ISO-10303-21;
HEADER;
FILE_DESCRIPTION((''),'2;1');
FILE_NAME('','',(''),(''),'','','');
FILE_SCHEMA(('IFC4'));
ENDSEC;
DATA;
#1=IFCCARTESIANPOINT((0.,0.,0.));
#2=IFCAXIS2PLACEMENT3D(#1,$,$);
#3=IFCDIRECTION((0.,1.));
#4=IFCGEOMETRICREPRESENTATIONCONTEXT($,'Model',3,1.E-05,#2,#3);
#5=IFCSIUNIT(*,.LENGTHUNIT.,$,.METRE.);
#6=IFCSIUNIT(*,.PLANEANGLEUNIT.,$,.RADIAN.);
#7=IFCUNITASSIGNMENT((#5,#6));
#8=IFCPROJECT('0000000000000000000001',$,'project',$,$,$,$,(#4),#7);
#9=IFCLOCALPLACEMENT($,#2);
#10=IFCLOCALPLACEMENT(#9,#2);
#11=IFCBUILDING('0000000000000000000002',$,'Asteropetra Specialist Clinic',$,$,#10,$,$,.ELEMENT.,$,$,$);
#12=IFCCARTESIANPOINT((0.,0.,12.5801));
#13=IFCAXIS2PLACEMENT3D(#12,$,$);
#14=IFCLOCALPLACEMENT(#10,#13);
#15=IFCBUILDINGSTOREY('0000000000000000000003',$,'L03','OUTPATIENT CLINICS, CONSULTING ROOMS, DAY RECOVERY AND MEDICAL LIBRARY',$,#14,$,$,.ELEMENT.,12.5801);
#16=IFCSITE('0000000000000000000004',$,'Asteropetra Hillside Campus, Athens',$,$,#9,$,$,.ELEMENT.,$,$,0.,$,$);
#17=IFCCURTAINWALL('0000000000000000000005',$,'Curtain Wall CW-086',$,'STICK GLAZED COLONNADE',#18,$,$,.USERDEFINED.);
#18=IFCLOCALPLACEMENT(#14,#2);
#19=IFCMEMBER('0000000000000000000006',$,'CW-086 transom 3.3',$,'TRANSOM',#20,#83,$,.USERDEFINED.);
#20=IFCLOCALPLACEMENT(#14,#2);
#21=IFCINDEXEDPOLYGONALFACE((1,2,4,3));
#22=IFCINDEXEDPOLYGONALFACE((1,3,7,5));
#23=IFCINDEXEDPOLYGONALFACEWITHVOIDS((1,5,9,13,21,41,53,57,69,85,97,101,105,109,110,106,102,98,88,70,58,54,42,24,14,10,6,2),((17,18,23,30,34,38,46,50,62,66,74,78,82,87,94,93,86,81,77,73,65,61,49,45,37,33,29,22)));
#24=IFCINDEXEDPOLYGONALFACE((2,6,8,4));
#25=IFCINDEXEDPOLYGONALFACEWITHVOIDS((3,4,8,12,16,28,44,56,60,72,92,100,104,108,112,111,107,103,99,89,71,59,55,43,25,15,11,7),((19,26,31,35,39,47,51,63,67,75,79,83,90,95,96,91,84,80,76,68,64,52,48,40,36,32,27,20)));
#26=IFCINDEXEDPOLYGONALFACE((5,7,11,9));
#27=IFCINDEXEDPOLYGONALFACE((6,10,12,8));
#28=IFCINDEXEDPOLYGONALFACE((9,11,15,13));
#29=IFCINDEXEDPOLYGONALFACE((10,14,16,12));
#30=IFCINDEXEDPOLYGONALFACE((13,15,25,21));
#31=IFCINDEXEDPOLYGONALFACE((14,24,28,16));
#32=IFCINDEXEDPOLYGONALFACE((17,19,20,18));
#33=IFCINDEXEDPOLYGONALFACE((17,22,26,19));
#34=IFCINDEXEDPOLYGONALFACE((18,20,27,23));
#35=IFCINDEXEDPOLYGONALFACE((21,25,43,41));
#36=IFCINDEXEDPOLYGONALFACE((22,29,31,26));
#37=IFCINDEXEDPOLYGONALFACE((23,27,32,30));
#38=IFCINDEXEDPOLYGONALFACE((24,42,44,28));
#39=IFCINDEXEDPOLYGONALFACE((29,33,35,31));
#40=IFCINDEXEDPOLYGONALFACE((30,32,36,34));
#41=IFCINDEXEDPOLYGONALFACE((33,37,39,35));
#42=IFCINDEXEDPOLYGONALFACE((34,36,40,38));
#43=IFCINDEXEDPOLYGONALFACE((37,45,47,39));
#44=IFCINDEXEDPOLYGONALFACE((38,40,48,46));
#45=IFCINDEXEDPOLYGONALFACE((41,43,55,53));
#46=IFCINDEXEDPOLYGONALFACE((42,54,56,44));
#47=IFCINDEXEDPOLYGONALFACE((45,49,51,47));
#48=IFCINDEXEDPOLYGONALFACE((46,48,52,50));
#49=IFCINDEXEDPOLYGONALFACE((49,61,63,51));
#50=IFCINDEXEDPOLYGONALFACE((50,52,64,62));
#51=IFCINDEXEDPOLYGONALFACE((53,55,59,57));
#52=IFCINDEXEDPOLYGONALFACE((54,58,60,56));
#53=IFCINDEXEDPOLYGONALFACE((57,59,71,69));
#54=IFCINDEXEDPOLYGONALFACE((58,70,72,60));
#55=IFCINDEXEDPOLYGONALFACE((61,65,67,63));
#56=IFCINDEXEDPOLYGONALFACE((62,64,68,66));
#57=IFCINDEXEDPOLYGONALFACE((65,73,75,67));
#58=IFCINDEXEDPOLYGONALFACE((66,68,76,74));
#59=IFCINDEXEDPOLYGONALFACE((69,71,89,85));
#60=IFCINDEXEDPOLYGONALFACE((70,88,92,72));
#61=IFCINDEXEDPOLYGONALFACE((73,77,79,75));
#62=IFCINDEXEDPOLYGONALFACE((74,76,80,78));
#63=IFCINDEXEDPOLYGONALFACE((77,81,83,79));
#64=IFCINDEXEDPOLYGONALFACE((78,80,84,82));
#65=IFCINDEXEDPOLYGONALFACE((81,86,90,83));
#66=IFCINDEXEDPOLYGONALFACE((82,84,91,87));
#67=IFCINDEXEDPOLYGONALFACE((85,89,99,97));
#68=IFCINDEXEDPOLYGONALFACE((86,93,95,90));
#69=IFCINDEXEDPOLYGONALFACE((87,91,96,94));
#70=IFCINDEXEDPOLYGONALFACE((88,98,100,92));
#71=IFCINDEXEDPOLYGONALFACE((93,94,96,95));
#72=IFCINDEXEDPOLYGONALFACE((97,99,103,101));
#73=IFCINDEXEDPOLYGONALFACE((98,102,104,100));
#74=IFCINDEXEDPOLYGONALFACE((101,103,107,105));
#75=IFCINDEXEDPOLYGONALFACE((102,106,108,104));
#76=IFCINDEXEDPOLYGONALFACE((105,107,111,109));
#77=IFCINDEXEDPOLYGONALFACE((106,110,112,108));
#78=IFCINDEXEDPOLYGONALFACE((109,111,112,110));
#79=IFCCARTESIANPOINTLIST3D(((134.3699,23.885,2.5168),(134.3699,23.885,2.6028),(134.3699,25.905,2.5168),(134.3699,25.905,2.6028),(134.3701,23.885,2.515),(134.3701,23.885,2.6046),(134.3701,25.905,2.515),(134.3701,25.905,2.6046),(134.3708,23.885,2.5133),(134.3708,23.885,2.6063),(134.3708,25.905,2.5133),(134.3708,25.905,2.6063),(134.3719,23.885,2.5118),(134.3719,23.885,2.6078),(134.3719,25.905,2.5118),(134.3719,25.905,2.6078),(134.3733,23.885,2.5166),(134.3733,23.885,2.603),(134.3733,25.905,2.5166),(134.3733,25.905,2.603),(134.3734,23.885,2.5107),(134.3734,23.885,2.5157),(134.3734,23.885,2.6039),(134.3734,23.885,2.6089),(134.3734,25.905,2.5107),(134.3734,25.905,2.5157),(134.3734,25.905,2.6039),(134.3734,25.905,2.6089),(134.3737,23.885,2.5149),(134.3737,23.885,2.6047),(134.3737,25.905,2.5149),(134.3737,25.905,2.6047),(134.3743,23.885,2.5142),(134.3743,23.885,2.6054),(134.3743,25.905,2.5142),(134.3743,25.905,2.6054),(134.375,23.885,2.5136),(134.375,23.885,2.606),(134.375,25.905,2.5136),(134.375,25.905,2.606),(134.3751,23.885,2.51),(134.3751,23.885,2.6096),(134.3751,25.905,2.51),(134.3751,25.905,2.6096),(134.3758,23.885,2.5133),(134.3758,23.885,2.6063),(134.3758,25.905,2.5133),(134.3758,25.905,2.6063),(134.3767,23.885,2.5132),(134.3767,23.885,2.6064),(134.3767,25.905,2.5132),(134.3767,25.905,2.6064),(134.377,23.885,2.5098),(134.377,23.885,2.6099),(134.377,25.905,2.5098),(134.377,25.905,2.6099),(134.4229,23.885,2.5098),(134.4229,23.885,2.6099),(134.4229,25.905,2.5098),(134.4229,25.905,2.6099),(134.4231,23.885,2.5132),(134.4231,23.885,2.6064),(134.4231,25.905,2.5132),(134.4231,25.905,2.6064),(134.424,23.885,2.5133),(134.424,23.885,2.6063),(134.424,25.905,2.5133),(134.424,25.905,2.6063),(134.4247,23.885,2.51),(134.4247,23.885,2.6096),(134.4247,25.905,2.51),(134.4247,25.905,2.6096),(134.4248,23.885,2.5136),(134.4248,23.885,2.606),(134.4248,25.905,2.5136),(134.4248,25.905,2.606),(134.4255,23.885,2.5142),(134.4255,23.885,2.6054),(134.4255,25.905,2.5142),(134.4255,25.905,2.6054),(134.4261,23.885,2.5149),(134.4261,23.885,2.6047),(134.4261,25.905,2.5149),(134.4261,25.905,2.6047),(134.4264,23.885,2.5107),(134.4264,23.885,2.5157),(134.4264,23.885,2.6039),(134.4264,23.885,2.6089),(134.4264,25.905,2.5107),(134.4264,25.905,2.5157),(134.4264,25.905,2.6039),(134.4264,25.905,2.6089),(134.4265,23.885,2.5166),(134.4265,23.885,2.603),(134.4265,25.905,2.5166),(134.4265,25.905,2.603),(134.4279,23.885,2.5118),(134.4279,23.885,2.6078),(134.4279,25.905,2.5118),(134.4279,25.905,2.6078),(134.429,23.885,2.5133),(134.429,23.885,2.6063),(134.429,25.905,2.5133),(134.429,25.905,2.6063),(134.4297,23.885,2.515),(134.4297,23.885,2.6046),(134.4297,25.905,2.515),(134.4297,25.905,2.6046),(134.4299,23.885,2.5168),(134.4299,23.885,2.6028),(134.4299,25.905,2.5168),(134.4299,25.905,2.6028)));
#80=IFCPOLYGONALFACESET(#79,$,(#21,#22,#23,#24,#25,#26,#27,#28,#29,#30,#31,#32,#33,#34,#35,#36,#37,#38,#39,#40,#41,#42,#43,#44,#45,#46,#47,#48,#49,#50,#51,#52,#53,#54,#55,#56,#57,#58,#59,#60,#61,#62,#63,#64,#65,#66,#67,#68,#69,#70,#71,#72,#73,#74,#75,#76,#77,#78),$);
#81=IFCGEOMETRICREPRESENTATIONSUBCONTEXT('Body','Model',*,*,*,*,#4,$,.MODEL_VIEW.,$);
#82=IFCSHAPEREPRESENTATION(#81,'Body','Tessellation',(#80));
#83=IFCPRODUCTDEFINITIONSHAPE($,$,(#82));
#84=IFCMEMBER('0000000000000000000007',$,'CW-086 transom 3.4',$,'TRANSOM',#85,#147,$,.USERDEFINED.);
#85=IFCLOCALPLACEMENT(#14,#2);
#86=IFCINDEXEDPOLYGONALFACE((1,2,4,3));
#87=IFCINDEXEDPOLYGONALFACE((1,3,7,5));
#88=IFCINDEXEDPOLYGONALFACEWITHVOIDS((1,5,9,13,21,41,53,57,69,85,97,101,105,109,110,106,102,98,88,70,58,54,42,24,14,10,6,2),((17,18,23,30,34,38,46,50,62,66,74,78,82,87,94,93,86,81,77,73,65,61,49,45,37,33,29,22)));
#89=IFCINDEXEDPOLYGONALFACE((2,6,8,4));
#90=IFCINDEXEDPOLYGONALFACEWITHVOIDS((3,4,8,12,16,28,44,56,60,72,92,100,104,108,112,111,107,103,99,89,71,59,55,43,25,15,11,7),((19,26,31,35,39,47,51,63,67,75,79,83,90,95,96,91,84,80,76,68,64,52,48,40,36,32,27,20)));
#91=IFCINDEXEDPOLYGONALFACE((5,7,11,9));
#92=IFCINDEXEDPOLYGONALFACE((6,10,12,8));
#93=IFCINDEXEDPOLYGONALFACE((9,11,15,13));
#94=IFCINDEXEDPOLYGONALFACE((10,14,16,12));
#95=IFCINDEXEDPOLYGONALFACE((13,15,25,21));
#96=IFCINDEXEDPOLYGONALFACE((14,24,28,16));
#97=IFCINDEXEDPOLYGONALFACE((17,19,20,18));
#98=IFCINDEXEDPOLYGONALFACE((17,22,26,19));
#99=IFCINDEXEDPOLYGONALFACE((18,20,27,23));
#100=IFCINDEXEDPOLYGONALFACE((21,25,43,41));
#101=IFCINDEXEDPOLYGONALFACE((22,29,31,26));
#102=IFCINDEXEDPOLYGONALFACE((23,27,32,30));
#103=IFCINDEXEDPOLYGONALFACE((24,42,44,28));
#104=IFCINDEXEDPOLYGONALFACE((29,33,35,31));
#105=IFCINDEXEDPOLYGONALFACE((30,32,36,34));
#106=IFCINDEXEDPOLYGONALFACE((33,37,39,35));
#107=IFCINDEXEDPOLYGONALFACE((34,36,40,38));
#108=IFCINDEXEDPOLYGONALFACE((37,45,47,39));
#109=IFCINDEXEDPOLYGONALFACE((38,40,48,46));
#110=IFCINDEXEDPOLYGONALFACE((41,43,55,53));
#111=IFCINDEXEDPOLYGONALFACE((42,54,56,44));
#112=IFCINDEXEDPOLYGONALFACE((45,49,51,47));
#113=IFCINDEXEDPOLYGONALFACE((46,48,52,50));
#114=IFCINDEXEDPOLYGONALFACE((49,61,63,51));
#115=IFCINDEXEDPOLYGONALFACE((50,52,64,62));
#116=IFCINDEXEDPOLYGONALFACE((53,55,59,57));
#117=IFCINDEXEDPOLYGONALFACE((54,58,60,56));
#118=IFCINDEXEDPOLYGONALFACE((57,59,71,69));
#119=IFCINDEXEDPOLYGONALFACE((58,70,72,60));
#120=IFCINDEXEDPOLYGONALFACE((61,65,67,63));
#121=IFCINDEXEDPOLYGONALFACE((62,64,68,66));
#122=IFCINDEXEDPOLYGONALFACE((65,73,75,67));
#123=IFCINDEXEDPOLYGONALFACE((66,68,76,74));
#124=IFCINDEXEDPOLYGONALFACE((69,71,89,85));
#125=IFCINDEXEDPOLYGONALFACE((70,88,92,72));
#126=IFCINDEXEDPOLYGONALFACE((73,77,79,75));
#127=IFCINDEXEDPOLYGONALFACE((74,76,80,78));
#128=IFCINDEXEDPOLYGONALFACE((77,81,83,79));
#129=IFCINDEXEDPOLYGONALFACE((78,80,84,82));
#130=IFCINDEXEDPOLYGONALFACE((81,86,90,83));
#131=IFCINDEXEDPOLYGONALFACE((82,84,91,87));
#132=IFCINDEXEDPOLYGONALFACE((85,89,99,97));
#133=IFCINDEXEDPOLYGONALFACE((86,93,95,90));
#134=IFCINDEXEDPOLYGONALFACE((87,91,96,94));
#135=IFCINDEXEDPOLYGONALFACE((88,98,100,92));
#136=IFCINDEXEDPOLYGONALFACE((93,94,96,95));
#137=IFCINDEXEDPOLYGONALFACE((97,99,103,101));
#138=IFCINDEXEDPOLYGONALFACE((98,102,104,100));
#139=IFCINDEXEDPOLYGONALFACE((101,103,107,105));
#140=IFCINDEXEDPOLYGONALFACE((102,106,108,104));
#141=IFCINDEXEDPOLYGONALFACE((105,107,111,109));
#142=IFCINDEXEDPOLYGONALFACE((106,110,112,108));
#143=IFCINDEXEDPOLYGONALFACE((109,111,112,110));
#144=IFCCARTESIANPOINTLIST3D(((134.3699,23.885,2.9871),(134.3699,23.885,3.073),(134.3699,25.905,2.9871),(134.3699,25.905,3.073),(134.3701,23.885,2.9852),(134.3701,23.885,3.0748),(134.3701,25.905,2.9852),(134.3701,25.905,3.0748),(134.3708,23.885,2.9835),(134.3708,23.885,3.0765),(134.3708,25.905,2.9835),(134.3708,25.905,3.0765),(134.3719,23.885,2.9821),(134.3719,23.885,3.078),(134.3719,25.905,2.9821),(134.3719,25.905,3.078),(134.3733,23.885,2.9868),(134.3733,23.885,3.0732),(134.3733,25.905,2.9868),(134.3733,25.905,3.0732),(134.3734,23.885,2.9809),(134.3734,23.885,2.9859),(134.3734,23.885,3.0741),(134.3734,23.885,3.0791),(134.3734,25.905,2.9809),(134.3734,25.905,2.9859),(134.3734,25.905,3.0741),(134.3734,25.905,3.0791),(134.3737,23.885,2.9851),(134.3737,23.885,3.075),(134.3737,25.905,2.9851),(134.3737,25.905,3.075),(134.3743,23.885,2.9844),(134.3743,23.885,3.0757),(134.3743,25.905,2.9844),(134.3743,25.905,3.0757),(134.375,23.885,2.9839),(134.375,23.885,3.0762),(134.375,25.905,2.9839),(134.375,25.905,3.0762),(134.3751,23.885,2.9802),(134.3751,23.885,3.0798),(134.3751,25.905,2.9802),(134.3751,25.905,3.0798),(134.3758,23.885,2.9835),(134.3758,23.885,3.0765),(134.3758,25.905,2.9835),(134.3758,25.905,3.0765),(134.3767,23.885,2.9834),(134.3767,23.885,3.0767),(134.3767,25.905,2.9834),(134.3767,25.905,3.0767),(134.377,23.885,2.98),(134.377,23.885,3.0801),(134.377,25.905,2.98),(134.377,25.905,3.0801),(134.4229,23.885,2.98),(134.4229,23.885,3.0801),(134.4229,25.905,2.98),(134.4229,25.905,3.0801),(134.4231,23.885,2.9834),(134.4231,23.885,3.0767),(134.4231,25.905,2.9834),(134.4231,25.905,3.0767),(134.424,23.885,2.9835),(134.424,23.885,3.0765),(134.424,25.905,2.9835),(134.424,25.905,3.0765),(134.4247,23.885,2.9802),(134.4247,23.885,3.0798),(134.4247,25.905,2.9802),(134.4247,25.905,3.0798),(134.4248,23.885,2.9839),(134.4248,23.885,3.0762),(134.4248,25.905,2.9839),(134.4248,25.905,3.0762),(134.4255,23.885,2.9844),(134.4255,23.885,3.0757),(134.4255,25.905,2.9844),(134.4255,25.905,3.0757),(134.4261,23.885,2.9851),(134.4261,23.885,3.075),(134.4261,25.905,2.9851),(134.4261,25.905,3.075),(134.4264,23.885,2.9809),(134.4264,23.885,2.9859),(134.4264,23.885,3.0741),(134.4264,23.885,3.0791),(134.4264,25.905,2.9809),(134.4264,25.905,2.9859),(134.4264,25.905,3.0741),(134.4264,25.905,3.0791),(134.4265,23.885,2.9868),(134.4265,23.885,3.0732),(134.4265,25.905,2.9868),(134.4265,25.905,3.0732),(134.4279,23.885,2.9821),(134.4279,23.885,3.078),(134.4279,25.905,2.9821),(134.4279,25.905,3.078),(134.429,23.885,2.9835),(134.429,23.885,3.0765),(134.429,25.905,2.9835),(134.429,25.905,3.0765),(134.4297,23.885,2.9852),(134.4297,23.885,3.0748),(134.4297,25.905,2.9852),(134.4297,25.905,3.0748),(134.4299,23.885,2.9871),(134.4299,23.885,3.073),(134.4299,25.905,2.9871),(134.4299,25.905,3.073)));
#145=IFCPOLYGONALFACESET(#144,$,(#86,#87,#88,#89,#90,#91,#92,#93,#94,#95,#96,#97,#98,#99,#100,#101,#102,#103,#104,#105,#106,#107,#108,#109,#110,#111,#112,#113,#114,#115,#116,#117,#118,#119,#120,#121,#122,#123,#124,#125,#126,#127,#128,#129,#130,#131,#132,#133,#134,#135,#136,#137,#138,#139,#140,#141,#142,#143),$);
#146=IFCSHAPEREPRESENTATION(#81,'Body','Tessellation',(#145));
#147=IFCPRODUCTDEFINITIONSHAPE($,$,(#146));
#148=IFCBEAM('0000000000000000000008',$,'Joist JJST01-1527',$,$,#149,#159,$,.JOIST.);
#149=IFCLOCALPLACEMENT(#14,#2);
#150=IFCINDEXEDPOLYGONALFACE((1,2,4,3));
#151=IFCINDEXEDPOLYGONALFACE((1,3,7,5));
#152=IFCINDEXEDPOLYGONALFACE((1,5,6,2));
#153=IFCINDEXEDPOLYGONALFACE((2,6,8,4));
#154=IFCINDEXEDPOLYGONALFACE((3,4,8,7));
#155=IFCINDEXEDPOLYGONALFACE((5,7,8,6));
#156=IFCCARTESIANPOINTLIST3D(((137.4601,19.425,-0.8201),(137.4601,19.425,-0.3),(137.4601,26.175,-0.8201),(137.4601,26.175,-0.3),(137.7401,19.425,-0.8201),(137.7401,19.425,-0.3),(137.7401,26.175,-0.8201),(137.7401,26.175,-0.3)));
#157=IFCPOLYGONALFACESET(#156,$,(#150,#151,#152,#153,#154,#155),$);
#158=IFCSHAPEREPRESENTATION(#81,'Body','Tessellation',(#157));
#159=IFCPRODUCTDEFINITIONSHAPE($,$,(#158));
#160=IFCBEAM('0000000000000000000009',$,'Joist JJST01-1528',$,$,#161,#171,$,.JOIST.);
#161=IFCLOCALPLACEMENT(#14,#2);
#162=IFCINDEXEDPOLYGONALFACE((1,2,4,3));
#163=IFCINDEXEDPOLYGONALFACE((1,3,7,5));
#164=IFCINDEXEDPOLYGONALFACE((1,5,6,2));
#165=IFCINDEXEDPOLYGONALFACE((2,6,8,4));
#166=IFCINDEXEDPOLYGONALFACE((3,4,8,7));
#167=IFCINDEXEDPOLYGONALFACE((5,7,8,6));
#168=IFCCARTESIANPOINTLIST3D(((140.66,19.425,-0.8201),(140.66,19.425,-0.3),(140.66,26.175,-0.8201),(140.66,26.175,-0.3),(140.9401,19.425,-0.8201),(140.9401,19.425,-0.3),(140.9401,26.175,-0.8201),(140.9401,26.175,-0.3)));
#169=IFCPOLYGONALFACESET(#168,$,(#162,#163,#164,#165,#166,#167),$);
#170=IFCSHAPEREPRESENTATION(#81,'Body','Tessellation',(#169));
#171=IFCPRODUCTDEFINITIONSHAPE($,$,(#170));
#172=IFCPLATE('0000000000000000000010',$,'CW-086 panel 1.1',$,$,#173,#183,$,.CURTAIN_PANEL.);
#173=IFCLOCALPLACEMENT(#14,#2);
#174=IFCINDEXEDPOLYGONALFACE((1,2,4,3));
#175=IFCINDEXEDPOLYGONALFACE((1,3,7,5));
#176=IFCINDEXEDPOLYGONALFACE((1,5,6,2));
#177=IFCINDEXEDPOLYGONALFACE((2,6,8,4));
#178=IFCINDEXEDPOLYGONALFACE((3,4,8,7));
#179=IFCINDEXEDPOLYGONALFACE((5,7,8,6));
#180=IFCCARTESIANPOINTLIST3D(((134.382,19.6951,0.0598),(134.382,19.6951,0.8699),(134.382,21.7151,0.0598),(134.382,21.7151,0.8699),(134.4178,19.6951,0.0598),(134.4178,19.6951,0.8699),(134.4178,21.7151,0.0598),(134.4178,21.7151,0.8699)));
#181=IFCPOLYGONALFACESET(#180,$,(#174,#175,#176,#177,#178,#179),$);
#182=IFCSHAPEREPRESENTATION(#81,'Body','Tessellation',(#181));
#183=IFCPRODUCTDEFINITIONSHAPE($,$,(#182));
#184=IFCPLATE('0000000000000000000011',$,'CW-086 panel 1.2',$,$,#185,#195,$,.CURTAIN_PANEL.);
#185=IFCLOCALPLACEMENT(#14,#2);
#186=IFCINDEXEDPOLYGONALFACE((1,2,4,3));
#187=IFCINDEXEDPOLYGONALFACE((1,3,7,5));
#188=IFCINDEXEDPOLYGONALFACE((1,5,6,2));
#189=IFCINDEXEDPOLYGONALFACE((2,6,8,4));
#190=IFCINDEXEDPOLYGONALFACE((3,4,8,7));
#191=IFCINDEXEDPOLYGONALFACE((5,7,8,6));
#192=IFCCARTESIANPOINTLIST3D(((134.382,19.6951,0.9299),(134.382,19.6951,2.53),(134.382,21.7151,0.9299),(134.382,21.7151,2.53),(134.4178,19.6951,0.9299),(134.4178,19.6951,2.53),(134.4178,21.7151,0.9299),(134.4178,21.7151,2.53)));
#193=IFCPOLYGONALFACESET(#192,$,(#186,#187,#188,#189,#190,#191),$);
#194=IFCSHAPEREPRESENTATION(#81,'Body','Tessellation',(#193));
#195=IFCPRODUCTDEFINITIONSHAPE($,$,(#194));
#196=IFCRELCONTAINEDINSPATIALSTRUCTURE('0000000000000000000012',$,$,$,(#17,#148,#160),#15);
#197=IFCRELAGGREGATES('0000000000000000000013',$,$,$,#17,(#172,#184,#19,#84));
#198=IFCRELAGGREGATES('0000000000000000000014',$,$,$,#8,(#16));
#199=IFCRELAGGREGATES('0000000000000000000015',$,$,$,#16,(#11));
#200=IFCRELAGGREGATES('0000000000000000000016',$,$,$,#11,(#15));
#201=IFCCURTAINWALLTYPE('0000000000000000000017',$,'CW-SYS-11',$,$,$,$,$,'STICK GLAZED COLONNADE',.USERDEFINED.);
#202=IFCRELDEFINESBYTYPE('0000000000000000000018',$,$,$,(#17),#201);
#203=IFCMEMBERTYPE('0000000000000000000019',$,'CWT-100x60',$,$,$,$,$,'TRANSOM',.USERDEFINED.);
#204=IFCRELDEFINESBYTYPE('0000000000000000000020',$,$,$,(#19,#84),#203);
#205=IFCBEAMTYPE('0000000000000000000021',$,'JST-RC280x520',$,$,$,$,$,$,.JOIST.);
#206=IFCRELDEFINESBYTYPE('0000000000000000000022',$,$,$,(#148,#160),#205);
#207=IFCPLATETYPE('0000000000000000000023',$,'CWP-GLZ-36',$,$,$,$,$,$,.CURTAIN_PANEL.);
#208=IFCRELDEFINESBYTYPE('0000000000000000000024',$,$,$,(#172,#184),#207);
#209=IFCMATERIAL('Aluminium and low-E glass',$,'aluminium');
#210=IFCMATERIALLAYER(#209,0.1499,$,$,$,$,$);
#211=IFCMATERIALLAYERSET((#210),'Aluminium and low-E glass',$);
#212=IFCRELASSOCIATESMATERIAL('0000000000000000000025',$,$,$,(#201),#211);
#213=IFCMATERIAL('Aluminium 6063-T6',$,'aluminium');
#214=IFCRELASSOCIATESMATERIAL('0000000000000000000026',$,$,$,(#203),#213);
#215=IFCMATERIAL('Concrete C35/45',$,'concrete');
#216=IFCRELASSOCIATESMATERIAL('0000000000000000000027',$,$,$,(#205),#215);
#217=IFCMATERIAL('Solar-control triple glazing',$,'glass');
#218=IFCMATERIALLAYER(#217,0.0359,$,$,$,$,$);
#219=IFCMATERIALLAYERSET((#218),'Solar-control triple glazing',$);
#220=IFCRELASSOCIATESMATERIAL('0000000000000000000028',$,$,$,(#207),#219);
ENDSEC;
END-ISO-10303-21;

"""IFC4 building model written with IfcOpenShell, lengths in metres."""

from ifc_helpers import new_model, si_unit, direction, frame, origin, origin_2d, place, context, subcontext, project, spatial, rectangle, hollow_rectangle, extrude, material, layer, layer_set, material_profile, profile_set, type_object, element, aggregate, save


model = new_model("IFC4")

# Units and contexts
model_context = context("Model", 3, precision=1e-05, world=origin(), true_north=direction((0.0, 1.0)))
body_context = subcontext(model_context, "Body", "Model", "MODEL_VIEW")
ifc_project = project(units=[si_unit("LENGTHUNIT", "METRE"), si_unit("PLANEANGLEUNIT", "RADIAN")], contexts=[model_context])

# Site, building, storey
site_placement = place(None, origin())
site = spatial("IfcSite", under=ifc_project, at=site_placement, Name="Asteropetra Hillside Campus, Athens", CompositionType="ELEMENT", RefElevation=0.0)
building_placement = place(site_placement, origin())
building = spatial("IfcBuilding", under=site, at=building_placement, Name="Asteropetra Specialist Clinic", CompositionType="ELEMENT")
storey_placement = place(building_placement, frame((0.0, 0.0, 12.5801)))
storey = spatial("IfcBuildingStorey", under=building, at=storey_placement, Name="L03", Description="OUTPATIENT CLINICS, CONSULTING ROOMS, DAY RECOVERY AND MEDICAL LIBRARY", CompositionType="ELEMENT", Elevation=12.5801)

# Curtain wall, members
ifc_material_1 = material(Name="Aluminium and low-E glass", Category="aluminium")
ifc_layer_1 = layer(ifc_material_1, 0.1499)
ifc_layer_set_1 = layer_set([ifc_layer_1], Name="Aluminium and low-E glass")
curtain_wall_type_1 = type_object("IfcCurtainWallType", Name="CW-SYS-11", ElementType="STICK GLAZED COLONNADE", PredefinedType="USERDEFINED", material=ifc_layer_set_1)
curtain_wall_1_placement = place(storey_placement, origin())
curtain_wall_1 = element("IfcCurtainWall", 1, at=curtain_wall_1_placement, inside=storey, type_object=curtain_wall_type_1, Name="Curtain Wall CW-086", ObjectType="STICK GLAZED COLONNADE", PredefinedType="USERDEFINED")
ifc_material_2 = material(Name="Aluminium 6063-T6", Category="aluminium")
ifc_material_profile_1 = material_profile(ifc_material_2, hollow_rectangle(XDim=0.0601, YDim=0.1001, WallThickness=0.0034, InnerFilletRadius=0.0034, OuterFilletRadius=0.0071, at=origin_2d()), Name="TRN 100x60x3.5")
ifc_profile_set_1 = profile_set([ifc_material_profile_1], Name="Aluminium 6063-T6")
member_type_1 = type_object("IfcMemberType", Name="CWT-100x60", ElementType="TRANSOM", PredefinedType="USERDEFINED", material=ifc_profile_set_1)
member_1_placement = place(storey_placement, frame((134.3999, 23.885, 2.5598), z_axis=(0.0, 1.0, 0.0), x_axis=(-1.0, 0.0, 0.0)))
member_1 = element("IfcMember", 2, at=member_1_placement, type_object=member_type_1, Name="CW-086 transom 3.3", ObjectType="TRANSOM", PredefinedType="USERDEFINED", context=body_context, shape_type="SweptSolid", body=[
    extrude(hollow_rectangle(XDim=0.0601, YDim=0.1001, WallThickness=0.0034, InnerFilletRadius=0.0034, OuterFilletRadius=0.0071, at=origin_2d()), origin(), (0.0, 0.0, 1.0), 2.02),
])
member_2_placement = place(storey_placement, frame((134.3999, 23.885, 3.03), z_axis=(0.0, 1.0, 0.0), x_axis=(-1.0, 0.0, 0.0)))
member_2 = element("IfcMember", 3, at=member_2_placement, type_object=member_type_1, Name="CW-086 transom 3.4", ObjectType="TRANSOM", PredefinedType="USERDEFINED", context=body_context, shape_type="SweptSolid", body=[
    extrude(hollow_rectangle(XDim=0.0601, YDim=0.1001, WallThickness=0.0034, InnerFilletRadius=0.0034, OuterFilletRadius=0.0071, at=origin_2d()), origin(), (0.0, 0.0, 1.0), 2.02),
])

# Beams
ifc_material_3 = material(Name="Concrete C35/45", Category="concrete")
ifc_material_profile_2 = material_profile(ifc_material_3, rectangle(XDim=0.28, YDim=0.52, at=origin_2d()), Name="RCJ 280x520")
ifc_profile_set_2 = profile_set([ifc_material_profile_2], Name="Concrete C35/45")
beam_type_1 = type_object("IfcBeamType", Name="JST-RC280x520", PredefinedType="JOIST", material=ifc_profile_set_2)
for number, where, z_axis, x_axis, name in (
    (4, (137.6001, 19.425, -0.5601), (0.0, 1.0, 0.0), (-1.0, 0.0, 0.0), "Joist JJST01-1527"),
    (5, (140.8, 19.425, -0.5601), (0.0, 1.0, 0.0), (-1.0, 0.0, 0.0), "Joist JJST01-1528"),
):
    element("IfcBeam", number, at=place(storey_placement, frame(where, z_axis=z_axis, x_axis=x_axis)), inside=storey, type_object=beam_type_1, Name=name, PredefinedType="JOIST", context=body_context, shape_type="SweptSolid", body=[
        extrude(rectangle(XDim=0.28, YDim=0.52, at=origin_2d()), origin(), (0.0, 0.0, 1.0), 6.75),
    ])

# Plates
ifc_material_4 = material(Name="Solar-control triple glazing", Category="glass")
ifc_layer_2 = layer(ifc_material_4, 0.0359)
ifc_layer_set_2 = layer_set([ifc_layer_2], Name="Solar-control triple glazing")
plate_type_1 = type_object("IfcPlateType", Name="CWP-GLZ-36", PredefinedType="CURTAIN_PANEL", material=ifc_layer_set_2)
plate_1_placement = place(storey_placement, frame((134.3999, 20.7051, 0.0598), z_axis=(0.0, 0.0, 1.0), x_axis=(0.0, 1.0, 0.0)))
plate_1 = element("IfcPlate", 6, at=plate_1_placement, type_object=plate_type_1, Name="CW-086 panel 1.1", PredefinedType="CURTAIN_PANEL", context=body_context, shape_type="SweptSolid", body=[
    extrude(rectangle(XDim=2.02, YDim=0.0359, at=origin_2d()), origin(), (0.0, 0.0, 1.0), 0.8101),
])
plate_2_placement = place(storey_placement, frame((134.3999, 20.7051, 0.9299), z_axis=(0.0, 0.0, 1.0), x_axis=(0.0, 1.0, 0.0)))
plate_2 = element("IfcPlate", 7, at=plate_2_placement, type_object=plate_type_1, Name="CW-086 panel 1.2", PredefinedType="CURTAIN_PANEL", context=body_context, shape_type="SweptSolid", body=[
    extrude(rectangle(XDim=2.02, YDim=0.0359, at=origin_2d()), origin(), (0.0, 0.0, 1.0), 1.6001),
])
aggregate(curtain_wall_1, [plate_1, plate_2, member_1, member_2])

save(model, "model.ifc")
